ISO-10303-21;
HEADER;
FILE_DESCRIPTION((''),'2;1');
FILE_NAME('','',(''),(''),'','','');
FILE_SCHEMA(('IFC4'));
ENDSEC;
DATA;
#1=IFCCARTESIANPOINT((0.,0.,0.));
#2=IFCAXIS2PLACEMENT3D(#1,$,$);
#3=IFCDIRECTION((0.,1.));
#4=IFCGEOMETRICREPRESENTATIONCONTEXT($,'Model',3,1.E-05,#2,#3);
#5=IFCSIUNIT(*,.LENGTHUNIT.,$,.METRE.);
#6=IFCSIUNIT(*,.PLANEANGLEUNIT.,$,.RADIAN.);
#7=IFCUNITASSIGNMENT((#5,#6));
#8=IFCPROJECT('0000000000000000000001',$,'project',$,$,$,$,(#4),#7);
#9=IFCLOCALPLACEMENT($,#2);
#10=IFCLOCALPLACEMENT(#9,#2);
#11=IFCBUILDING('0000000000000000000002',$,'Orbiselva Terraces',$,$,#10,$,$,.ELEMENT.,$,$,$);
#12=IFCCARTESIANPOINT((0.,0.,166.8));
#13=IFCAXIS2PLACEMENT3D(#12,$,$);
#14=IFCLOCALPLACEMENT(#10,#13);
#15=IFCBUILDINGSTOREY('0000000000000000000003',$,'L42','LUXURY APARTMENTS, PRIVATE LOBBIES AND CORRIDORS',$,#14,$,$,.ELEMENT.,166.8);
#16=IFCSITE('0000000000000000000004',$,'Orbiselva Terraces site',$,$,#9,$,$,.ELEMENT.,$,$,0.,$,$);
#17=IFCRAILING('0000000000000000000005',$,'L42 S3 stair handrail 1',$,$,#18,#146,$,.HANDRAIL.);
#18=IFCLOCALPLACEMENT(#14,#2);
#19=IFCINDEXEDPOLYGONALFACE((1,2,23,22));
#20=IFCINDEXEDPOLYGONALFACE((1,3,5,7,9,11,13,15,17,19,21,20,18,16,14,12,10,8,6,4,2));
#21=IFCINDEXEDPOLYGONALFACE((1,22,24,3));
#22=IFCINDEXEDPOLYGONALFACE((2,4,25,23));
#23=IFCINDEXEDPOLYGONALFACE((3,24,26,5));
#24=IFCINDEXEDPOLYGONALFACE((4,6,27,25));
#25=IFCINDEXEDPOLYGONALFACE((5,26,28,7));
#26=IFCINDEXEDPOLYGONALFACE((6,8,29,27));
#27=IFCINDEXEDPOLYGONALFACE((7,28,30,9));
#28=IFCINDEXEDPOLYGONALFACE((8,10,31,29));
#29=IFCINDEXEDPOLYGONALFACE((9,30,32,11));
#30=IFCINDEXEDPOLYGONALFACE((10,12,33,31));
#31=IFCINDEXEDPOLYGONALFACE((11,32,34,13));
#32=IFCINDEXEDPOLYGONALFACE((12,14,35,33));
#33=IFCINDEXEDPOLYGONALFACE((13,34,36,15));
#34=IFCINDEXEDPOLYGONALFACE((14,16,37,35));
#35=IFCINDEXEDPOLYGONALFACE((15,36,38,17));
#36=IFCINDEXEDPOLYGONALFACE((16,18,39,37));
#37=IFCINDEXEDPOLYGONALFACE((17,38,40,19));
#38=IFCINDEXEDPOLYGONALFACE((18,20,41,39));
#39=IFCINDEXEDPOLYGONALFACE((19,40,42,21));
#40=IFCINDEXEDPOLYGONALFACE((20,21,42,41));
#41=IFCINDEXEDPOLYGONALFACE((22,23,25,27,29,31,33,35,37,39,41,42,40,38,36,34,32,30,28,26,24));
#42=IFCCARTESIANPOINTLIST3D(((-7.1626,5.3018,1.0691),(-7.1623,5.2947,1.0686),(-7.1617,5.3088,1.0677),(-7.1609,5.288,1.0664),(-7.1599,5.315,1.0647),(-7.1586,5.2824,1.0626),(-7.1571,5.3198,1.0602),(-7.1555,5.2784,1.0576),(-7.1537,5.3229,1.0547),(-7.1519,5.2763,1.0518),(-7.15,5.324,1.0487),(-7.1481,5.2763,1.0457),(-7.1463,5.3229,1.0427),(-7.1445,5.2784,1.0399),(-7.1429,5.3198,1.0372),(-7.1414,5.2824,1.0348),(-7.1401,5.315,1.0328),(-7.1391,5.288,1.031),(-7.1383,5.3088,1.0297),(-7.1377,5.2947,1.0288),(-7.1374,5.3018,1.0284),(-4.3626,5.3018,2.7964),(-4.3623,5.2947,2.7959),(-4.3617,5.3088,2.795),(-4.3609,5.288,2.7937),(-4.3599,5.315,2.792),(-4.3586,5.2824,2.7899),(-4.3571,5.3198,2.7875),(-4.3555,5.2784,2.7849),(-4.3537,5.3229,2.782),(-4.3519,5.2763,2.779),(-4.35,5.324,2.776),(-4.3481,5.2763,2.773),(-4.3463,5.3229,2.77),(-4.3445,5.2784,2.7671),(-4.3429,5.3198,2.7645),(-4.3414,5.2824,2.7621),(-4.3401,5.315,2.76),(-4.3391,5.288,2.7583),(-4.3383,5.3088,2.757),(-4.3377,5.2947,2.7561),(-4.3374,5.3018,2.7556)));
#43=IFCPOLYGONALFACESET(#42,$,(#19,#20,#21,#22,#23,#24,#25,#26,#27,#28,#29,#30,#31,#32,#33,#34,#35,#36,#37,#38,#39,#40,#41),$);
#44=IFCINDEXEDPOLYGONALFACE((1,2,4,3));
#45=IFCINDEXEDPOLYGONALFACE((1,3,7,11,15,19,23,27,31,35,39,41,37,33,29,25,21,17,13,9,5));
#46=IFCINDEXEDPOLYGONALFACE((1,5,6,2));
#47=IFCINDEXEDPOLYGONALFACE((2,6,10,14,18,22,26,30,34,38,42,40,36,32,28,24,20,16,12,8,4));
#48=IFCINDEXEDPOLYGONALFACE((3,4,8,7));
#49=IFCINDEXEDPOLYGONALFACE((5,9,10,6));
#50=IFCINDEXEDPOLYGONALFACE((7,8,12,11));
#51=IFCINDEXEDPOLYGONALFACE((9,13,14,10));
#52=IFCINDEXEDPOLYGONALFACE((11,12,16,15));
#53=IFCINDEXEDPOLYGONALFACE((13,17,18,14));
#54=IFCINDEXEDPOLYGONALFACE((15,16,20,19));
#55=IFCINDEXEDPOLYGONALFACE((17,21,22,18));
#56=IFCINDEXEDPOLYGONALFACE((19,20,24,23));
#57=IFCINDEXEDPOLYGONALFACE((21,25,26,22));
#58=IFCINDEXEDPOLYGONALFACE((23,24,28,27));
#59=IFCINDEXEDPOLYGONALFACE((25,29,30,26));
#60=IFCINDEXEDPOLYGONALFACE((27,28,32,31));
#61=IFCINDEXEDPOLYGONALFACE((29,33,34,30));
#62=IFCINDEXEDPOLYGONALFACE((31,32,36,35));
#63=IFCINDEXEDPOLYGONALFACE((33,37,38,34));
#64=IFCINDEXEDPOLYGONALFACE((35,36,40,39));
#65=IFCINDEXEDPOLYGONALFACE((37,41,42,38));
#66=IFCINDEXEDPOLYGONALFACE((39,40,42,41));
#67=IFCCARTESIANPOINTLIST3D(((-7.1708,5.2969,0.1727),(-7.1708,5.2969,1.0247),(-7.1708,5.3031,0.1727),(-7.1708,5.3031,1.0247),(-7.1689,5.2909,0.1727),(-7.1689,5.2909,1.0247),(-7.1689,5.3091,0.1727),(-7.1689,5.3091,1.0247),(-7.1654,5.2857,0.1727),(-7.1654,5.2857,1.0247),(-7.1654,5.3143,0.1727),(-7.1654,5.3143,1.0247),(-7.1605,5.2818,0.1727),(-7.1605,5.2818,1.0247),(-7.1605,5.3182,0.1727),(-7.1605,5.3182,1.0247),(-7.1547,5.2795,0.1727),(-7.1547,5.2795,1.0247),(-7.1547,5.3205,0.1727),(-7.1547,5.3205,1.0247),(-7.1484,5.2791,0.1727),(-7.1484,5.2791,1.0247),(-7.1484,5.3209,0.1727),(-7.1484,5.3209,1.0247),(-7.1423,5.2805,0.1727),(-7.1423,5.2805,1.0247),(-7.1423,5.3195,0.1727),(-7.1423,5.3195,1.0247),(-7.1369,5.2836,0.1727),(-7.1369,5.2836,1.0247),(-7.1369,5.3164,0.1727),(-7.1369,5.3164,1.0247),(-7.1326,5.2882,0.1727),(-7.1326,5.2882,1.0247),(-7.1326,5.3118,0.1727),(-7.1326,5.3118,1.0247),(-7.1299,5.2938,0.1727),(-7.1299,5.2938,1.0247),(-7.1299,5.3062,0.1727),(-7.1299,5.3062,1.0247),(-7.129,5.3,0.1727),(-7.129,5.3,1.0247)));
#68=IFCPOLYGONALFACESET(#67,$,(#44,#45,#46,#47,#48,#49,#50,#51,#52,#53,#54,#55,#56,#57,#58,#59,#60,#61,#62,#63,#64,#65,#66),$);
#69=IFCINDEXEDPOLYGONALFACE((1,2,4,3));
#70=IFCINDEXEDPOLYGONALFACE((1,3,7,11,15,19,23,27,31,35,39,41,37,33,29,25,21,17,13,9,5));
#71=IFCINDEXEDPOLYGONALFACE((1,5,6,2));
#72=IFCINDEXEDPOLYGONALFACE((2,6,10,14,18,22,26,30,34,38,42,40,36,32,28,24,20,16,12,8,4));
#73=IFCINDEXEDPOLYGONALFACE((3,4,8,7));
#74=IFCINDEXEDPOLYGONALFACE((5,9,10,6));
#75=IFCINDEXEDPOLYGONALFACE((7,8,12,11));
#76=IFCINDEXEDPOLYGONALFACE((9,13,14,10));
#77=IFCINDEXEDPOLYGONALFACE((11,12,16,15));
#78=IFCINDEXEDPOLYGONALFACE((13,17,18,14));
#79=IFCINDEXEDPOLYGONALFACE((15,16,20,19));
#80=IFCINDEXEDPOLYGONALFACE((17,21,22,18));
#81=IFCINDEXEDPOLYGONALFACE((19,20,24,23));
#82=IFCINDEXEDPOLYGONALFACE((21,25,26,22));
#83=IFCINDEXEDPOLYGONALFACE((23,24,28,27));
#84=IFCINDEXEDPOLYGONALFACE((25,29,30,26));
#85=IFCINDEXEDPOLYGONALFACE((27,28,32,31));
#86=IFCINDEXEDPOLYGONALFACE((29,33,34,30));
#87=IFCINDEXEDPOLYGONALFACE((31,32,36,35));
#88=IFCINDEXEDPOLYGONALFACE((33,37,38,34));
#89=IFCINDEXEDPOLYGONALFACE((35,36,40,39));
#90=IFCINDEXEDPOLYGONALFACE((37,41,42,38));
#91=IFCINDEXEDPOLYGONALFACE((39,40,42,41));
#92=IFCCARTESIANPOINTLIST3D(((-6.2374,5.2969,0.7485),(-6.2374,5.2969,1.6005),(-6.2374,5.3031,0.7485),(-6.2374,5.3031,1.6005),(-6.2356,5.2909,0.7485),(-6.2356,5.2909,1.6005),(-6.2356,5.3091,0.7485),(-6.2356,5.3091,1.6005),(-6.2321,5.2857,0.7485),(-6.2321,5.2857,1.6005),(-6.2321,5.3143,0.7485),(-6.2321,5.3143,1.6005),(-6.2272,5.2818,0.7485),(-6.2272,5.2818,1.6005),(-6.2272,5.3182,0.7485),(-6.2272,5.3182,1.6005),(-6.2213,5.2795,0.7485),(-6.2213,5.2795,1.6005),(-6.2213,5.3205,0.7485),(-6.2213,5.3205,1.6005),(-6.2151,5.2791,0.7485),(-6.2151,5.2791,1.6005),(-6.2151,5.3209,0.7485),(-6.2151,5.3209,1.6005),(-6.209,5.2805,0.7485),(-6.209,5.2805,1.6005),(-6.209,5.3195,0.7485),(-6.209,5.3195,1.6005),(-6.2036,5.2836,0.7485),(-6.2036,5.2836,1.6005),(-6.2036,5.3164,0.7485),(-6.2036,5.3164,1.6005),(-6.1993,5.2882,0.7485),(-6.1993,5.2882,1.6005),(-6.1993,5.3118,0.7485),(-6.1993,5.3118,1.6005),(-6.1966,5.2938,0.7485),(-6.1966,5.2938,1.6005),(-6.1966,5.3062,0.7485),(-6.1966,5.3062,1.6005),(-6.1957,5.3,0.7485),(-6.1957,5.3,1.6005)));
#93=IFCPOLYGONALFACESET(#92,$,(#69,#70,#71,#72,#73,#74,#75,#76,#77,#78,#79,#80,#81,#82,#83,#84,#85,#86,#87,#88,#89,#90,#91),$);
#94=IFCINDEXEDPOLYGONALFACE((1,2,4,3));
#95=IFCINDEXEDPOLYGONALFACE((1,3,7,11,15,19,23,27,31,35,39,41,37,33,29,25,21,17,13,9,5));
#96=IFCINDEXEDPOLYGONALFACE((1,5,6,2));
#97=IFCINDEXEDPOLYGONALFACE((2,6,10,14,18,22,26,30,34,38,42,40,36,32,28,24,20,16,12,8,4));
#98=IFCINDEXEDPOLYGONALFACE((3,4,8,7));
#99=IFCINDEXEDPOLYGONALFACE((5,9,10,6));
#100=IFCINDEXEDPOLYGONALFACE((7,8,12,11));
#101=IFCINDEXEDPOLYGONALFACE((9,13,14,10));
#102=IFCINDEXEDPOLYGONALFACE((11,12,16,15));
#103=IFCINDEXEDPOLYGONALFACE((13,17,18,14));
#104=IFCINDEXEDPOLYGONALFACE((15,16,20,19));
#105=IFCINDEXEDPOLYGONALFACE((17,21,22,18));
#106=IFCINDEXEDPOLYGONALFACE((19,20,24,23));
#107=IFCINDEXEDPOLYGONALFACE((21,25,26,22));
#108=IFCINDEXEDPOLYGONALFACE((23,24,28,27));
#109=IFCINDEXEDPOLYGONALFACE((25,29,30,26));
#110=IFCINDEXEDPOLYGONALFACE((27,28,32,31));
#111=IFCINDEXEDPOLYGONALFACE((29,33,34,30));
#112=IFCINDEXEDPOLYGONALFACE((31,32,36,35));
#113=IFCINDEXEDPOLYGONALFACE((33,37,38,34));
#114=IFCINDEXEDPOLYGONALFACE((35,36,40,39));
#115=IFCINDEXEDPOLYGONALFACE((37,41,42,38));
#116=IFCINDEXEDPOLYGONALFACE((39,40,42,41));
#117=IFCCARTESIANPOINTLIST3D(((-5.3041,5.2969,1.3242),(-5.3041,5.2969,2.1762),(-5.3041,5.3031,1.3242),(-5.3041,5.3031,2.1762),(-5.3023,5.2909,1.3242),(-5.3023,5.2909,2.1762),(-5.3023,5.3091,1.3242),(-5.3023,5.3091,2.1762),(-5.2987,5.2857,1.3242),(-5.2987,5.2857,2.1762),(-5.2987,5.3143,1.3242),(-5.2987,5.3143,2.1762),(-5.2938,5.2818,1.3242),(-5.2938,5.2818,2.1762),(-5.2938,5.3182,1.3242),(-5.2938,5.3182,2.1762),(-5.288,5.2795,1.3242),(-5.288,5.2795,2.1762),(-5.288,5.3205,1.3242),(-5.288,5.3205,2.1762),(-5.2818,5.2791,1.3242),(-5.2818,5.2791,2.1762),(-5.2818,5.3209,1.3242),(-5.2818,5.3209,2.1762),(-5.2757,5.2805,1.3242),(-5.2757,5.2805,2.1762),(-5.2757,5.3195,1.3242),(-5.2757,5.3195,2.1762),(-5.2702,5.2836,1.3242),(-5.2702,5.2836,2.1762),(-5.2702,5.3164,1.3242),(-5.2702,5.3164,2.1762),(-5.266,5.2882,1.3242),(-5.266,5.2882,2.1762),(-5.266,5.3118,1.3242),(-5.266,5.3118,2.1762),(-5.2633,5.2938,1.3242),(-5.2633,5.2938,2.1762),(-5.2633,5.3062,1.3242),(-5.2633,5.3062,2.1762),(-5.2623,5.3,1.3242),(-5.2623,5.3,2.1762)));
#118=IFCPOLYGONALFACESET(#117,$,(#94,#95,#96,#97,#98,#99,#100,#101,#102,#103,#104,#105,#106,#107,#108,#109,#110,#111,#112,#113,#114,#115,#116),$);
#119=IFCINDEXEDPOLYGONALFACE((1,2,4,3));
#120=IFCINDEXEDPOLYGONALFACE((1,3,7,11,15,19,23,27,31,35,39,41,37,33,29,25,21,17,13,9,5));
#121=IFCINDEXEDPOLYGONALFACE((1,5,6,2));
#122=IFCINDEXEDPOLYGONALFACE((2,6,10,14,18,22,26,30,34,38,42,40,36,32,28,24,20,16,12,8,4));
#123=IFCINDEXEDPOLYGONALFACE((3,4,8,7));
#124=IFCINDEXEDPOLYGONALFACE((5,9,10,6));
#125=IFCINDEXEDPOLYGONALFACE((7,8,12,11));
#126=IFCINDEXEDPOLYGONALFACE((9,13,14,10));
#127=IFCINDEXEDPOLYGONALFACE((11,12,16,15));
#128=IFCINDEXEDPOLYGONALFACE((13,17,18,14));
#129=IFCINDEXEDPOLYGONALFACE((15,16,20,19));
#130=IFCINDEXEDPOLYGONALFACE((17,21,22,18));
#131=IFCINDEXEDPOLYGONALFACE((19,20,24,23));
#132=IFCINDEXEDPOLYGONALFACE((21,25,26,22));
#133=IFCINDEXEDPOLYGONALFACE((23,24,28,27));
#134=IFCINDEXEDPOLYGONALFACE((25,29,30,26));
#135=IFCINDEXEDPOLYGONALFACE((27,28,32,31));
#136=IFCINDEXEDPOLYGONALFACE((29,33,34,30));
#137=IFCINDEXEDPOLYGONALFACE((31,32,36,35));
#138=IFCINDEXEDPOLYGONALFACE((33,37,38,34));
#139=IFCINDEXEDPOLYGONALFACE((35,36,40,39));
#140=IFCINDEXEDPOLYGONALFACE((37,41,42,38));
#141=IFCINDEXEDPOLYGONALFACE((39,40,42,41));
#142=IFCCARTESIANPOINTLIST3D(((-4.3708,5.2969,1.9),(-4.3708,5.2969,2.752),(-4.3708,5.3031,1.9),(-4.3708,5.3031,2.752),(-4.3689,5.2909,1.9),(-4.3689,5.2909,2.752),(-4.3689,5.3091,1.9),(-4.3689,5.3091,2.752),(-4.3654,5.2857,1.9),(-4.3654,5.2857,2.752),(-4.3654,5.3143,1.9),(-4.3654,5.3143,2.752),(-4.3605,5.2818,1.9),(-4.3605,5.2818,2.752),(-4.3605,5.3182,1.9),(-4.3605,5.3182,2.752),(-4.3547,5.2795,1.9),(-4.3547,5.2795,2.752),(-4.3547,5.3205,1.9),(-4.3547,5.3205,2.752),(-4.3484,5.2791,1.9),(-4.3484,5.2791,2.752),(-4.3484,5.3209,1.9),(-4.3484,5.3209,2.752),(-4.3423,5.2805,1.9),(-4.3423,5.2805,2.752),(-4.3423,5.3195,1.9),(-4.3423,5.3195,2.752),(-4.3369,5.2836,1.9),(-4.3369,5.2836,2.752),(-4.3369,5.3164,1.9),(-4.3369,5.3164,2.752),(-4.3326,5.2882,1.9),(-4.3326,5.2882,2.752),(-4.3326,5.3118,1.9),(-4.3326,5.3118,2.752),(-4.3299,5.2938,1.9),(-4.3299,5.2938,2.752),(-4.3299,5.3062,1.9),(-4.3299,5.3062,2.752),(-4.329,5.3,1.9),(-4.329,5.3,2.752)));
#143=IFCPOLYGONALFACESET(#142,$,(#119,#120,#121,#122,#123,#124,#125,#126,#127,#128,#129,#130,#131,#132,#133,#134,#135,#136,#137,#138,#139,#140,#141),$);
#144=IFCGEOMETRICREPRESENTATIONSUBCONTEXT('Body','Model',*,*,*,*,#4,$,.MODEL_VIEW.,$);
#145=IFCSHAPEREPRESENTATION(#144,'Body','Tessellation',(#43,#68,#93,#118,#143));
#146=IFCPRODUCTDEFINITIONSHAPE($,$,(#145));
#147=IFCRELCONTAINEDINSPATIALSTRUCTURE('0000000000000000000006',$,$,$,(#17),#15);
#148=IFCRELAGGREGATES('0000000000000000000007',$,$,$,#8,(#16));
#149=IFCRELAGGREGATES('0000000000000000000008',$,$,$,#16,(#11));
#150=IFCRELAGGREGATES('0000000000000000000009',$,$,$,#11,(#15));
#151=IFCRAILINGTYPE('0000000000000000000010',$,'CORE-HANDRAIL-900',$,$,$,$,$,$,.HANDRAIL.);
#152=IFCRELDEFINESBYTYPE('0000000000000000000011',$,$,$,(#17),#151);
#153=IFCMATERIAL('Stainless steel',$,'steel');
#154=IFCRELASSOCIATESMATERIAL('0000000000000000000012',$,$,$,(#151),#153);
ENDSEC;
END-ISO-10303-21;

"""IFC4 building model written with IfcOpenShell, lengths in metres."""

from ifc_helpers import new_model, si_unit, direction, frame, origin, origin_2d, place, context, subcontext, project, spatial, circle, extrude, material, type_object, element, save


model = new_model("IFC4")

# Units and contexts
model_context = context("Model", 3, precision=1e-05, world=origin(), true_north=direction((0.0, 1.0)))
body_context = subcontext(model_context, "Body", "Model", "MODEL_VIEW")
ifc_project = project(units=[si_unit("LENGTHUNIT", "METRE"), si_unit("PLANEANGLEUNIT", "RADIAN")], contexts=[model_context])

# Site, building, storey
site_placement = place(None, origin())
site = spatial("IfcSite", under=ifc_project, at=site_placement, Name="Orbiselva Terraces site", CompositionType="ELEMENT", RefElevation=0.0)
building_placement = place(site_placement, origin())
building = spatial("IfcBuilding", under=site, at=building_placement, Name="Orbiselva Terraces", CompositionType="ELEMENT")
storey_placement = place(building_placement, frame((0.0, 0.0, 166.8)))
storey = spatial("IfcBuildingStorey", under=building, at=storey_placement, Name="L42", Description="LUXURY APARTMENTS, PRIVATE LOBBIES AND CORRIDORS", CompositionType="ELEMENT", Elevation=166.8)

# Railing
ifc_material_1 = material(Name="Stainless steel", Category="steel")
railing_type_1 = type_object("IfcRailingType", Name="CORE-HANDRAIL-900", PredefinedType="HANDRAIL", material=ifc_material_1)
railing_1_placement = place(storey_placement, frame((-7.15, 5.3, 0.1727)))
element("IfcRailing", 1, at=railing_1_placement, inside=storey, type_object=railing_type_1, Name="L42 S3 stair handrail 1", PredefinedType="HANDRAIL", context=body_context, shape_type="SweptSolid", body=[
    extrude(circle(Radius=0.024, at=origin_2d()), frame((0.0, 0.0, 0.876), z_axis=(0.851089, 0.0, 0.525022), x_axis=(0.0, 1.0, 0.0)), (0.0, 0.0, 1.0), 3.2899),
    extrude(circle(Radius=0.021, at=origin_2d()), origin(), (0.0, 0.0, 1.0), 0.852),
    extrude(circle(Radius=0.021, at=origin_2d()), frame((0.9333, 0.0, 0.5758)), (0.0, 0.0, 1.0), 0.852),
    extrude(circle(Radius=0.021, at=origin_2d()), frame((1.8667, 0.0, 1.1515)), (0.0, 0.0, 1.0), 0.852),
    extrude(circle(Radius=0.021, at=origin_2d()), frame((2.8, 0.0, 1.7273)), (0.0, 0.0, 1.0), 0.852),
])

save(model, "model.ifc")
